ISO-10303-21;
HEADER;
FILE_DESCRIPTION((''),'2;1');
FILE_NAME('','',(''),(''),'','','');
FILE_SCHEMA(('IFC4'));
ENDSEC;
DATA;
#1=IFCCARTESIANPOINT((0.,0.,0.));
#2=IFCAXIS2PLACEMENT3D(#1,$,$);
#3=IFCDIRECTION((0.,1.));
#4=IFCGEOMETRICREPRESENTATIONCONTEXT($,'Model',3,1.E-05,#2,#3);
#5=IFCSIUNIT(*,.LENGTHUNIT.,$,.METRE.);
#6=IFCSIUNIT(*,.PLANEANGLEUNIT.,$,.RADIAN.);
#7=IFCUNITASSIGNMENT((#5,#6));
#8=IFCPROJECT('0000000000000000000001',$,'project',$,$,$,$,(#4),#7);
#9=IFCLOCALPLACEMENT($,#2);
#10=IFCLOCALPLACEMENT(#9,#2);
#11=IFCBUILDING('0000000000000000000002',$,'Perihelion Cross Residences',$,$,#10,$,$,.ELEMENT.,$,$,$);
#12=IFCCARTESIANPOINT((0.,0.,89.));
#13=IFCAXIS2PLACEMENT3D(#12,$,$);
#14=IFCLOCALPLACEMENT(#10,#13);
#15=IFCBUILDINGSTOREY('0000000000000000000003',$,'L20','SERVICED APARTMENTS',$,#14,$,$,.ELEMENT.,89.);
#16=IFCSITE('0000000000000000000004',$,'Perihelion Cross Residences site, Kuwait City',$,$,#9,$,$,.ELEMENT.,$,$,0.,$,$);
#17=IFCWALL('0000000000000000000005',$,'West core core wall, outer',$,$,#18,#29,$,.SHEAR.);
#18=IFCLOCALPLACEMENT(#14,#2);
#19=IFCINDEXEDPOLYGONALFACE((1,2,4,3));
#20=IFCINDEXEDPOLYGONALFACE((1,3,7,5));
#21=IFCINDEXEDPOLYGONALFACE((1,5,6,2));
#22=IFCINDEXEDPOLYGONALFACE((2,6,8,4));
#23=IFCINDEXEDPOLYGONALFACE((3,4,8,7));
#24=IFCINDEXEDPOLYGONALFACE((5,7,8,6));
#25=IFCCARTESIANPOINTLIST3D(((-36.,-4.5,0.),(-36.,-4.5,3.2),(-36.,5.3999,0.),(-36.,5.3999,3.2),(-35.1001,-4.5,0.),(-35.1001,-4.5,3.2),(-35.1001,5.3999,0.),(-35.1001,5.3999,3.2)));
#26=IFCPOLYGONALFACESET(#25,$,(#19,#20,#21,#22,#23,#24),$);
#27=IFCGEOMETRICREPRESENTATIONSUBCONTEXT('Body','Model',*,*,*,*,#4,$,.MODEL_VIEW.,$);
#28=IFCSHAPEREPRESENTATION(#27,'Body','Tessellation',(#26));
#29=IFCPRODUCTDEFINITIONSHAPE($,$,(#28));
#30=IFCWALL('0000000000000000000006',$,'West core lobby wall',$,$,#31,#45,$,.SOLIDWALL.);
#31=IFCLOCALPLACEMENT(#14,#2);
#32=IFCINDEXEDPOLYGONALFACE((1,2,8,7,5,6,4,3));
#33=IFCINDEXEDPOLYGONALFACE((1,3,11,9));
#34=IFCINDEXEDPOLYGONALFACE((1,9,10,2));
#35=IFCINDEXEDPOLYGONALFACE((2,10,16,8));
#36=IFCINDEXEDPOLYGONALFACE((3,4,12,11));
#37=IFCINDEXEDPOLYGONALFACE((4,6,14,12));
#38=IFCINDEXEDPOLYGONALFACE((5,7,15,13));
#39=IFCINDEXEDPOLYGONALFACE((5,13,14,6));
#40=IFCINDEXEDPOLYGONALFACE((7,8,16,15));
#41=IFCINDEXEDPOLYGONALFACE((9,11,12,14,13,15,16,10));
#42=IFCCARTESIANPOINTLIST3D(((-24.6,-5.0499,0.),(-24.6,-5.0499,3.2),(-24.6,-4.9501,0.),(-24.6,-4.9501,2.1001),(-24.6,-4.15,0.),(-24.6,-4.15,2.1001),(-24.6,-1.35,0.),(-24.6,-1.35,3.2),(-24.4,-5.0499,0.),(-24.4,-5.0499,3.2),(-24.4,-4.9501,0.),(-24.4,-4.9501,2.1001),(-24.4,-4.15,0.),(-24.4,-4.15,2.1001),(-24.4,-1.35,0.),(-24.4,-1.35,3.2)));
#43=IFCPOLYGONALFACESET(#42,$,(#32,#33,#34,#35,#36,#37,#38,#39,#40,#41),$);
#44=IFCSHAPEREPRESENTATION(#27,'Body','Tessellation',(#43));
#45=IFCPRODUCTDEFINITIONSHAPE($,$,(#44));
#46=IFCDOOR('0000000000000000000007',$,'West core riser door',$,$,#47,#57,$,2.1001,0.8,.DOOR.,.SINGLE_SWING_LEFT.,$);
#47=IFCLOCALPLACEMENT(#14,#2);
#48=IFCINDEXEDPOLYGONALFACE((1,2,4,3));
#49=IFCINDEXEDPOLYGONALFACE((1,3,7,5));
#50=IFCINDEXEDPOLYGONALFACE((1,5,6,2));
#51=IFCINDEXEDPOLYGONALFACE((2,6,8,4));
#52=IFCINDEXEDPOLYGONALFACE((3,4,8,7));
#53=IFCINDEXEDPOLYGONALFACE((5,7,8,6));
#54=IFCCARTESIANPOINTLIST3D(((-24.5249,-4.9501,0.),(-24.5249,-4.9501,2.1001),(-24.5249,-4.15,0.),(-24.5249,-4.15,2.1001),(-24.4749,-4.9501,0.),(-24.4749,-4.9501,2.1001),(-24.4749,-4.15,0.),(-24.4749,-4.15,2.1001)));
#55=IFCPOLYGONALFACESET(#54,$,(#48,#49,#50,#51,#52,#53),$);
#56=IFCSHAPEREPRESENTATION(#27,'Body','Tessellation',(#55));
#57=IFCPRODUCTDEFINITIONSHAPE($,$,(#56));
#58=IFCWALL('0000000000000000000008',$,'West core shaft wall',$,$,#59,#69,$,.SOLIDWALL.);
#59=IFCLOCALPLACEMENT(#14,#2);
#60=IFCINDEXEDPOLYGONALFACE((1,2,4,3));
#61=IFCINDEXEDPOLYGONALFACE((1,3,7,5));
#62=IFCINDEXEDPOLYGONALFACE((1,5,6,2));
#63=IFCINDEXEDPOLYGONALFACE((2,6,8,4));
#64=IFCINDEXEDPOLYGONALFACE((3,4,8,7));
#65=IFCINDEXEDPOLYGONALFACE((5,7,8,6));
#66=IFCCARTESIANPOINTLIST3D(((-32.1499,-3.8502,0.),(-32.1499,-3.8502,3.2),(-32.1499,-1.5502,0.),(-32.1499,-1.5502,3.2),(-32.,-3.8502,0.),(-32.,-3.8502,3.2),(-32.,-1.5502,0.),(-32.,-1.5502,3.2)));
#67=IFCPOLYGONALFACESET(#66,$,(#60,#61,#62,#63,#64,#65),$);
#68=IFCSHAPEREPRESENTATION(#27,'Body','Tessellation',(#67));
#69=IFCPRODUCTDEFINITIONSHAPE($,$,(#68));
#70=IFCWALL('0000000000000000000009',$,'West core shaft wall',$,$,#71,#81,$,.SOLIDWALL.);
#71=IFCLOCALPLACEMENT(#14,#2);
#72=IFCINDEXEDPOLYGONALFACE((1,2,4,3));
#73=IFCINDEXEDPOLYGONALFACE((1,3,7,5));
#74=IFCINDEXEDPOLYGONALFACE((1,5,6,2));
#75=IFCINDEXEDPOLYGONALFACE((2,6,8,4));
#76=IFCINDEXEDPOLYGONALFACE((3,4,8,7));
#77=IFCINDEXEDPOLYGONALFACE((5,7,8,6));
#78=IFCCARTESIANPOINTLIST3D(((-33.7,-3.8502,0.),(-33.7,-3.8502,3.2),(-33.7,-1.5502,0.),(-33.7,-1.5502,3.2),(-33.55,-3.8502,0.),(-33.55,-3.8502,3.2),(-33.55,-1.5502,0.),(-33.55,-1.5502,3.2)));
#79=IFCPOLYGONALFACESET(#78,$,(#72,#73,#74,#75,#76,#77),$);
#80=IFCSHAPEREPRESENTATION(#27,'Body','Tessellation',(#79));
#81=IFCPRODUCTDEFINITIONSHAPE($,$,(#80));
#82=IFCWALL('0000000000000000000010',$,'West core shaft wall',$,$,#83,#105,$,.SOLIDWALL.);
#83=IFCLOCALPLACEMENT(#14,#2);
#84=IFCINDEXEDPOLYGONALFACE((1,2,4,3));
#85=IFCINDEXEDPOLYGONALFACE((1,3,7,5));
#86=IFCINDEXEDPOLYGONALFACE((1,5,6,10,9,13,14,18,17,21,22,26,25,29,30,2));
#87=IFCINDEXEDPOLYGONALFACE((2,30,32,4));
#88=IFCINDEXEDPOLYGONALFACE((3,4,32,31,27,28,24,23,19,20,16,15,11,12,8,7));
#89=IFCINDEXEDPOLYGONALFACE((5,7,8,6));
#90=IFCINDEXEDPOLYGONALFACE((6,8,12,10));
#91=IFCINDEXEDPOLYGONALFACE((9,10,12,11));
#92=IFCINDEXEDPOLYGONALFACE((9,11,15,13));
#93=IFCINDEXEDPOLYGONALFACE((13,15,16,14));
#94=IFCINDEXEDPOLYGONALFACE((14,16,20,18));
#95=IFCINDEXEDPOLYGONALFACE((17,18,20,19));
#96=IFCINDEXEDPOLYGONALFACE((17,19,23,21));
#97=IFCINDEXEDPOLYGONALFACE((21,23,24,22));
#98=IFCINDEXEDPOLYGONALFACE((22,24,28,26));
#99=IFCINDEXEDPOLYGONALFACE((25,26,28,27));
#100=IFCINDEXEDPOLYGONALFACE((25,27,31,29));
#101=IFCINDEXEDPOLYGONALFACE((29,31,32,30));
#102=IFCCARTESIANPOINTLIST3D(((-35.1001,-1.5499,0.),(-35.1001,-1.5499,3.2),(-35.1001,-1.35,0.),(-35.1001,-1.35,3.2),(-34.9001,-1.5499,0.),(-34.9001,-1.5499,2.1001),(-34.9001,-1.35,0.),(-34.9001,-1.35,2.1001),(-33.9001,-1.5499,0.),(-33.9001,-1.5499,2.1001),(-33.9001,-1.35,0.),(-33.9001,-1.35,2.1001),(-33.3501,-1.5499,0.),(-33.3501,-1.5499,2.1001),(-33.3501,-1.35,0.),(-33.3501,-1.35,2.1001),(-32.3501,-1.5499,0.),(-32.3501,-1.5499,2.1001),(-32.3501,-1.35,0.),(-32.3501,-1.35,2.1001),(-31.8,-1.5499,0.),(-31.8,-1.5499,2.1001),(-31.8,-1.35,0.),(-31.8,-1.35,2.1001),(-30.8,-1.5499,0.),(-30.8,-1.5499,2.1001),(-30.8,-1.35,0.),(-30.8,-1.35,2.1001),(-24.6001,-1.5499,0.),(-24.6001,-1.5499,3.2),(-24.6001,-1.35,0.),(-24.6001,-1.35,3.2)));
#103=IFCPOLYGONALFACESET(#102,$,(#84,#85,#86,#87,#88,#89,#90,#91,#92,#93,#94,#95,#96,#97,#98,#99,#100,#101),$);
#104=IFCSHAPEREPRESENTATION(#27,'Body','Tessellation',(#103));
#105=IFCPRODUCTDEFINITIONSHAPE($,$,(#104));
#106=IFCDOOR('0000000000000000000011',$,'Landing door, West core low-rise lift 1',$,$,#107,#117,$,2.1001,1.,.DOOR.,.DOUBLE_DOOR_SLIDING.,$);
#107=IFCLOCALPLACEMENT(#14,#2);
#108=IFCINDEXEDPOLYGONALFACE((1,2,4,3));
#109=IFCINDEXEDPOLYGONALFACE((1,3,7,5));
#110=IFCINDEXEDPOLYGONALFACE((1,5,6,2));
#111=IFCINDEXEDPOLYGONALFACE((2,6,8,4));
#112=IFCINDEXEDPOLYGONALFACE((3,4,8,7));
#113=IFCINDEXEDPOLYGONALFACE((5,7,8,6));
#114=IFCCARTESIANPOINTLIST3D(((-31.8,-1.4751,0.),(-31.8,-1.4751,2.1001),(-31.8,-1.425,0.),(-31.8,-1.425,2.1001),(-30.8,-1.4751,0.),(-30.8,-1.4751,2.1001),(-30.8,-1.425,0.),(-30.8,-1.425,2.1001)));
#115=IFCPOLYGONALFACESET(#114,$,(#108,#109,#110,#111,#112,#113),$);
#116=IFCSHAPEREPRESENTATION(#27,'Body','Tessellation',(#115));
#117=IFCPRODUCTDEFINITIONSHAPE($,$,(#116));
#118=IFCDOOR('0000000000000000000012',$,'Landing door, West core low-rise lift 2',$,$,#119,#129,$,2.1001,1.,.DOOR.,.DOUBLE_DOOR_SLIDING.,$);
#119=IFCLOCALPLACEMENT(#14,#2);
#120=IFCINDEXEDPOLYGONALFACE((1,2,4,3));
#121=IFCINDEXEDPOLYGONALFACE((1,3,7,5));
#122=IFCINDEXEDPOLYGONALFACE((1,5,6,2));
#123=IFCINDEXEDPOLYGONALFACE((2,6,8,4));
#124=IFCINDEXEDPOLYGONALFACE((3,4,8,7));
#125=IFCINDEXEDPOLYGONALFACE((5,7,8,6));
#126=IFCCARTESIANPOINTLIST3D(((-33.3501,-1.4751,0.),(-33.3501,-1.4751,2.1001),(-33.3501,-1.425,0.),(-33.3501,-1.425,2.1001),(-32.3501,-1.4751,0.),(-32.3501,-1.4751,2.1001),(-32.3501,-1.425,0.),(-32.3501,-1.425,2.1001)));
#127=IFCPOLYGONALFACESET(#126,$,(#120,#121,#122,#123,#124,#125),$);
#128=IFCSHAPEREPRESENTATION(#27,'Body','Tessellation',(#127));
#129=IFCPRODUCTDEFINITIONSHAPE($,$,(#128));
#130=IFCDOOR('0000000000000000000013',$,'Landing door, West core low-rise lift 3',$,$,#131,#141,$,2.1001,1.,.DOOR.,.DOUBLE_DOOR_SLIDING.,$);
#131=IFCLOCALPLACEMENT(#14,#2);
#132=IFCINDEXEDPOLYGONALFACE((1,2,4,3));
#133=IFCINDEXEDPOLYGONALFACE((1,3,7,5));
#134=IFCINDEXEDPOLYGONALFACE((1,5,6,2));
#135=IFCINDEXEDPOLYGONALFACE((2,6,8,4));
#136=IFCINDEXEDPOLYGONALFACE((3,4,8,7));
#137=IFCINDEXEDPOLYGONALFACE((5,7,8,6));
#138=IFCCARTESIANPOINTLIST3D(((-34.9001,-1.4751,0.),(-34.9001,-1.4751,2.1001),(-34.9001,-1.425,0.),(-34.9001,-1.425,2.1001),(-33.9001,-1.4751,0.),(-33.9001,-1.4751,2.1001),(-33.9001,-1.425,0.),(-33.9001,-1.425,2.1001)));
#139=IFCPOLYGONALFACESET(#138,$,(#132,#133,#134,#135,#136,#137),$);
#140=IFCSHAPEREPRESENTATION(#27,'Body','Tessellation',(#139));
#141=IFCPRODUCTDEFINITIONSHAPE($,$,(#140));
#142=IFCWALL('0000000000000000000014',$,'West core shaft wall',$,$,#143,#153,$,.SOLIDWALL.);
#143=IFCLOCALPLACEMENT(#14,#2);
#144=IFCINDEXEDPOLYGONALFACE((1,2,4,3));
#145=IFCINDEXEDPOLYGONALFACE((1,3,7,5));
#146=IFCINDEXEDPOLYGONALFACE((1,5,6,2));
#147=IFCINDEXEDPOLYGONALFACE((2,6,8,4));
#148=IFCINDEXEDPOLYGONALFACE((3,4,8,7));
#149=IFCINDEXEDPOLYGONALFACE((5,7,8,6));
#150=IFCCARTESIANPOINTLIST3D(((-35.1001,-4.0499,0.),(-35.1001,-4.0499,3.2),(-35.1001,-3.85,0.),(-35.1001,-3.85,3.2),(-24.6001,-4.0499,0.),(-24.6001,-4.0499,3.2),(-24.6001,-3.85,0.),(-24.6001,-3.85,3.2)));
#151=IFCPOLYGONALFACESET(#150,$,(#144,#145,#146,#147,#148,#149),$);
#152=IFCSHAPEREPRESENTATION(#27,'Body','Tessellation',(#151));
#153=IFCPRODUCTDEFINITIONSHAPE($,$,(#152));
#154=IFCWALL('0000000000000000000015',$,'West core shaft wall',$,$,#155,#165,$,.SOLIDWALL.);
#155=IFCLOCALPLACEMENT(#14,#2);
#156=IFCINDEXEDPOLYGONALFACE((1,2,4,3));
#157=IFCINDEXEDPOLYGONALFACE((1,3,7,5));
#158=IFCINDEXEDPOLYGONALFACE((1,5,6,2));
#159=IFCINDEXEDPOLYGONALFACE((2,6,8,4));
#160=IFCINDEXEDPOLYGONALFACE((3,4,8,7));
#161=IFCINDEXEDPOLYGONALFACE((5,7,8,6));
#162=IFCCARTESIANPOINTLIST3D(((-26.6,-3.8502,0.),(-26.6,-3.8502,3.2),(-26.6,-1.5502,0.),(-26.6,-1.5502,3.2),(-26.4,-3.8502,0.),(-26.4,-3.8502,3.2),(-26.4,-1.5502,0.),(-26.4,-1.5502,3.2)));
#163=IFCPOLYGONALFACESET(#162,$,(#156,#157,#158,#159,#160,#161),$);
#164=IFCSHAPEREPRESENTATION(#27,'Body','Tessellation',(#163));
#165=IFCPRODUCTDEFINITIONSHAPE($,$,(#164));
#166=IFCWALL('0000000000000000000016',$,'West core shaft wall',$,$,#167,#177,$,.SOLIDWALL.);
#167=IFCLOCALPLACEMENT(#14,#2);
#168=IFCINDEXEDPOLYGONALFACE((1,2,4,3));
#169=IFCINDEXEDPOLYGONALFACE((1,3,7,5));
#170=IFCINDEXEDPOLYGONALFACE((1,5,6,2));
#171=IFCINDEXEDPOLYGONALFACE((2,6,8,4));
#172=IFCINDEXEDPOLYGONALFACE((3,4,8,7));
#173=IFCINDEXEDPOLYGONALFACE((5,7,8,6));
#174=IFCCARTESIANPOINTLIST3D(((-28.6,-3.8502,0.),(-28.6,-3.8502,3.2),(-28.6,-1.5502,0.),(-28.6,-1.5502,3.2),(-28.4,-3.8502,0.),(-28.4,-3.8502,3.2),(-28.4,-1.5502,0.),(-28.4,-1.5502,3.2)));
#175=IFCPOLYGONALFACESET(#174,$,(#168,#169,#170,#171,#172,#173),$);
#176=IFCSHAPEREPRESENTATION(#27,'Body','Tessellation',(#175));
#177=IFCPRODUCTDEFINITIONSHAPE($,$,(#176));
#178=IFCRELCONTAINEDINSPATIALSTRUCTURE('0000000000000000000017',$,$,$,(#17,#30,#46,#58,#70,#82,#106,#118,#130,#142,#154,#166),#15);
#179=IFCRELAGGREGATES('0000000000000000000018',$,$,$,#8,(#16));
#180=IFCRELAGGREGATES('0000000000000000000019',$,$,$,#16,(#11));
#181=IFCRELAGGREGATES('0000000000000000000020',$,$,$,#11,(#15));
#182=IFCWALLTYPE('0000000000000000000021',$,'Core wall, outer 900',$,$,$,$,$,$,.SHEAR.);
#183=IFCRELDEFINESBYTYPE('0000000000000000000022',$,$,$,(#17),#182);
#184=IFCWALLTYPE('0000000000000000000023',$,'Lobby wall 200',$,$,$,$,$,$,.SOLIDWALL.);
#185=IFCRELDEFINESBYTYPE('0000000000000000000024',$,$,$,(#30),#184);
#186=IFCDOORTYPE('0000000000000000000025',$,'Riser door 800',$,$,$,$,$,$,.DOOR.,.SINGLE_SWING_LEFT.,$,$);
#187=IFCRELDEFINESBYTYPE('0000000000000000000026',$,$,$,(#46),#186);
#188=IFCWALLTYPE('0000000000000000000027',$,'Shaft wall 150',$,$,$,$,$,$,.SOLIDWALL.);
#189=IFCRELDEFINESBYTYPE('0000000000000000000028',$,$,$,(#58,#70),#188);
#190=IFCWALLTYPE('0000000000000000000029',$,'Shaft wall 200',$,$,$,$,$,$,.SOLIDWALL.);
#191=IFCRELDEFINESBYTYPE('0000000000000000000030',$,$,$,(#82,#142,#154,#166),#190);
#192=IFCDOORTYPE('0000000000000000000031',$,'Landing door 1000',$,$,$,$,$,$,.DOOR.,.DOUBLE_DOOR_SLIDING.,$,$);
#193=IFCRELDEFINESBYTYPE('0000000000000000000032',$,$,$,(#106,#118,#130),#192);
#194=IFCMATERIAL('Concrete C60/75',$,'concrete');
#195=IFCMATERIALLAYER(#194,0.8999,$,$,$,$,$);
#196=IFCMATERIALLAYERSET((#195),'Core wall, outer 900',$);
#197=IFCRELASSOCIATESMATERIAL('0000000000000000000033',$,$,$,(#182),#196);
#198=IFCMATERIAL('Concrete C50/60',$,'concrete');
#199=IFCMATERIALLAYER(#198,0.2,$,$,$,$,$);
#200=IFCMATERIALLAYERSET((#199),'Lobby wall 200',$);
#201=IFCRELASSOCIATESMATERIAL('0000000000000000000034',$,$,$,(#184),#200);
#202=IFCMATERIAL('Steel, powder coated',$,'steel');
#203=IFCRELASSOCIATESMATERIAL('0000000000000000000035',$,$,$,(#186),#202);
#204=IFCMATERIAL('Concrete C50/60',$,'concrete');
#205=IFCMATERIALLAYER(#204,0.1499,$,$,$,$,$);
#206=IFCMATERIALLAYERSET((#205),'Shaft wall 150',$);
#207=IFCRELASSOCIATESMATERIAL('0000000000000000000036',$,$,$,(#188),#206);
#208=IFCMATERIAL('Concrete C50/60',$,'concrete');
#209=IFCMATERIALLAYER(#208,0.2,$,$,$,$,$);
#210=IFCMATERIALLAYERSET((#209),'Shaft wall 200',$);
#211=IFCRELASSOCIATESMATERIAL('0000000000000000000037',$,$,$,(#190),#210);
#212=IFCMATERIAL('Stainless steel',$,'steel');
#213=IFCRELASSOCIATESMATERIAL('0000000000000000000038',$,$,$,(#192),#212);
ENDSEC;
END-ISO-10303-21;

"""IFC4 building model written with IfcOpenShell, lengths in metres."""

from ifc_helpers import new_model, si_unit, direction, frame, frame_2d, origin, place, context, subcontext, project, spatial, rectangle, extrude, material, layer, layer_set, type_object, element, fill, save


model = new_model("IFC4")

# Units and contexts
model_context = context("Model", 3, precision=1e-05, world=origin(), true_north=direction((0.0, 1.0)))
body_context = subcontext(model_context, "Body", "Model", "MODEL_VIEW")
ifc_project = project(units=[si_unit("LENGTHUNIT", "METRE"), si_unit("PLANEANGLEUNIT", "RADIAN")], contexts=[model_context])

# Site, building, storey
site_placement = place(None, origin())
site = spatial("IfcSite", under=ifc_project, at=site_placement, Name="Perihelion Cross Residences site, Kuwait City", CompositionType="ELEMENT", RefElevation=0.0)
building_placement = place(site_placement, origin())
building = spatial("IfcBuilding", under=site, at=building_placement, Name="Perihelion Cross Residences", CompositionType="ELEMENT")
storey_placement = place(building_placement, frame((0.0, 0.0, 89.0)))
storey = spatial("IfcBuildingStorey", under=building, at=storey_placement, Name="L20", Description="SERVICED APARTMENTS", CompositionType="ELEMENT", Elevation=89.0)

# Wall
ifc_material_1 = material(Name="Concrete C60/75", Category="concrete")
ifc_layer_1 = layer(ifc_material_1, 0.8999)
ifc_layer_set_1 = layer_set([ifc_layer_1], Name="Core wall, outer 900")
wall_type_1 = type_object("IfcWallType", Name="Core wall, outer 900", PredefinedType="SHEAR", material=ifc_layer_set_1)
wall_1_placement = place(storey_placement, frame((-35.55, -4.5, 0.0), z_axis=(0.0, 0.0, 1.0), x_axis=(0.0, 1.0, 0.0)))
element("IfcWall", 1, at=wall_1_placement, inside=storey, type_object=wall_type_1, Name="West core core wall, outer", PredefinedType="SHEAR", context=body_context, shape_type="SweptSolid", body=[
    extrude(rectangle(XDim=9.8999, YDim=0.8999, at=frame_2d((4.95, 0.0))), origin(), (0.0, 0.0, 1.0), 3.2),
])

# Wall, opening, door
ifc_material_2 = material(Name="Concrete C50/60", Category="concrete")
ifc_layer_2 = layer(ifc_material_2, 0.2)
ifc_layer_set_2 = layer_set([ifc_layer_2], Name="Lobby wall 200")
wall_type_2 = type_object("IfcWallType", Name="Lobby wall 200", PredefinedType="SOLIDWALL", material=ifc_layer_set_2)
wall_2_placement = place(storey_placement, frame((-24.5, -5.05, 0.0), z_axis=(0.0, 0.0, 1.0), x_axis=(0.0, 1.0, 0.0)))
wall_2 = element("IfcWall", 2, at=wall_2_placement, inside=storey, type_object=wall_type_2, Name="West core lobby wall", PredefinedType="SOLIDWALL", context=body_context, shape_type="SweptSolid", body=[
    extrude(rectangle(XDim=3.7, YDim=0.2, at=frame_2d((1.8501, 0.0))), origin(), (0.0, 0.0, 1.0), 3.2),
])
opening_1_placement = place(wall_2_placement, frame((0.1001, 0.0, 0.0)))
opening_1 = element("IfcOpeningElement", 3, at=opening_1_placement, cuts=wall_2, PredefinedType="OPENING", context=body_context, shape_type="SweptSolid", body=[
    extrude(rectangle(XDim=0.8, YDim=2.1001, at=frame_2d((0.3999, 1.05))), frame((0.0, 0.1099, 0.0), z_axis=(0.0, -1.0, 0.0), x_axis=(1.0, 0.0, 0.0)), (0.0, 0.0, 1.0), 0.22),
])
ifc_material_3 = material(Name="Steel, powder coated", Category="steel")
door_type_1 = type_object("IfcDoorType", Name="Riser door 800", OperationType="SINGLE_SWING_LEFT", PredefinedType="DOOR", material=ifc_material_3)
door_1_placement = place(opening_1_placement, origin())
door_1 = element("IfcDoor", 4, at=door_1_placement, inside=storey, type_object=door_type_1, Name="West core riser door", OperationType="SINGLE_SWING_LEFT", OverallHeight=2.1001, OverallWidth=0.8, PredefinedType="DOOR", context=body_context, shape_type="SweptSolid", body=[
    extrude(rectangle(XDim=0.8, YDim=2.1001, at=frame_2d((0.3999, 1.05))), frame((0.0, 0.0249, 0.0), z_axis=(0.0, -1.0, 0.0), x_axis=(1.0, 0.0, 0.0)), (0.0, 0.0, 1.0), 0.05),
])
fill(opening_1, door_1)

# Walls
ifc_material_4 = material(Name="Concrete C50/60", Category="concrete")
ifc_layer_3 = layer(ifc_material_4, 0.1499)
ifc_layer_set_3 = layer_set([ifc_layer_3], Name="Shaft wall 150")
wall_type_3 = type_object("IfcWallType", Name="Shaft wall 150", PredefinedType="SOLIDWALL", material=ifc_layer_set_3)
for number, where, z_axis, x_axis, name in (
    (5, (-32.075, -3.8501, 0.0), (0.0, 0.0, 1.0), (0.0, 1.0, 0.0), "West core shaft wall"),
    (6, (-33.625, -3.8501, 0.0), (0.0, 0.0, 1.0), (0.0, 1.0, 0.0), "West core shaft wall"),
):
    element("IfcWall", number, at=place(storey_placement, frame(where, z_axis=z_axis, x_axis=x_axis)), inside=storey, type_object=wall_type_3, Name=name, PredefinedType="SOLIDWALL", context=body_context, shape_type="SweptSolid", body=[
        extrude(rectangle(XDim=2.3, YDim=0.1499, at=frame_2d((1.1499, 0.0))), origin(), (0.0, 0.0, 1.0), 3.2),
    ])

# Wall, openings, doors
ifc_material_5 = material(Name="Concrete C50/60", Category="concrete")
ifc_layer_4 = layer(ifc_material_5, 0.2)
ifc_layer_set_4 = layer_set([ifc_layer_4], Name="Shaft wall 200")
wall_type_4 = type_object("IfcWallType", Name="Shaft wall 200", PredefinedType="SOLIDWALL", material=ifc_layer_set_4)
wall_3_placement = place(storey_placement, frame((-35.1001, -1.45, 0.0), z_axis=(0.0, 0.0, 1.0), x_axis=(1.0, 0.0, 0.0)))
wall_3 = element("IfcWall", 7, at=wall_3_placement, inside=storey, type_object=wall_type_4, Name="West core shaft wall", PredefinedType="SOLIDWALL", context=body_context, shape_type="SweptSolid", body=[
    extrude(rectangle(XDim=10.5, YDim=0.2, at=frame_2d((5.25, 0.0))), origin(), (0.0, 0.0, 1.0), 3.2),
])
opening_2_placement = place(wall_3_placement, frame((3.3, 0.0, 0.0)))
opening_2 = element("IfcOpeningElement", 8, at=opening_2_placement, cuts=wall_3, PredefinedType="OPENING", context=body_context, shape_type="SweptSolid", body=[
    extrude(rectangle(XDim=1.0, YDim=2.1001, at=frame_2d((0.5, 1.05))), frame((0.0, 0.1099, 0.0), z_axis=(0.0, -1.0, 0.0), x_axis=(1.0, 0.0, 0.0)), (0.0, 0.0, 1.0), 0.22),
])
opening_3_placement = place(wall_3_placement, frame((1.75, 0.0, 0.0)))
opening_3 = element("IfcOpeningElement", 9, at=opening_3_placement, cuts=wall_3, PredefinedType="OPENING", context=body_context, shape_type="SweptSolid", body=[
    extrude(rectangle(XDim=1.0, YDim=2.1001, at=frame_2d((0.5, 1.05))), frame((0.0, 0.1099, 0.0), z_axis=(0.0, -1.0, 0.0), x_axis=(1.0, 0.0, 0.0)), (0.0, 0.0, 1.0), 0.22),
])
opening_4_placement = place(wall_3_placement, frame((0.2, 0.0, 0.0)))
opening_4 = element("IfcOpeningElement", 10, at=opening_4_placement, cuts=wall_3, PredefinedType="OPENING", context=body_context, shape_type="SweptSolid", body=[
    extrude(rectangle(XDim=1.0, YDim=2.1001, at=frame_2d((0.5, 1.05))), frame((0.0, 0.1099, 0.0), z_axis=(0.0, -1.0, 0.0), x_axis=(1.0, 0.0, 0.0)), (0.0, 0.0, 1.0), 0.22),
])
ifc_material_6 = material(Name="Stainless steel", Category="steel")
door_type_2 = type_object("IfcDoorType", Name="Landing door 1000", OperationType="DOUBLE_DOOR_SLIDING", PredefinedType="DOOR", material=ifc_material_6)
door_2_placement = place(opening_2_placement, origin())
door_2 = element("IfcDoor", 11, at=door_2_placement, inside=storey, type_object=door_type_2, Name="Landing door, West core low-rise lift 1", OperationType="DOUBLE_DOOR_SLIDING", OverallHeight=2.1001, OverallWidth=1.0, PredefinedType="DOOR", context=body_context, shape_type="SweptSolid", body=[
    extrude(rectangle(XDim=1.0, YDim=2.1001, at=frame_2d((0.5, 1.05))), frame((0.0, 0.0249, 0.0), z_axis=(0.0, -1.0, 0.0), x_axis=(1.0, 0.0, 0.0)), (0.0, 0.0, 1.0), 0.05),
])
fill(opening_2, door_2)
door_3_placement = place(opening_3_placement, origin())
door_3 = element("IfcDoor", 12, at=door_3_placement, inside=storey, type_object=door_type_2, Name="Landing door, West core low-rise lift 2", OperationType="DOUBLE_DOOR_SLIDING", OverallHeight=2.1001, OverallWidth=1.0, PredefinedType="DOOR", context=body_context, shape_type="SweptSolid", body=[
    extrude(rectangle(XDim=1.0, YDim=2.1001, at=frame_2d((0.5, 1.05))), frame((0.0, 0.0249, 0.0), z_axis=(0.0, -1.0, 0.0), x_axis=(1.0, 0.0, 0.0)), (0.0, 0.0, 1.0), 0.05),
])
fill(opening_3, door_3)
door_4_placement = place(opening_4_placement, origin())
door_4 = element("IfcDoor", 13, at=door_4_placement, inside=storey, type_object=door_type_2, Name="Landing door, West core low-rise lift 3", OperationType="DOUBLE_DOOR_SLIDING", OverallHeight=2.1001, OverallWidth=1.0, PredefinedType="DOOR", context=body_context, shape_type="SweptSolid", body=[
    extrude(rectangle(XDim=1.0, YDim=2.1001, at=frame_2d((0.5, 1.05))), frame((0.0, 0.0249, 0.0), z_axis=(0.0, -1.0, 0.0), x_axis=(1.0, 0.0, 0.0)), (0.0, 0.0, 1.0), 0.05),
])
fill(opening_4, door_4)

# Walls
wall_4_placement = place(storey_placement, frame((-35.1001, -3.95, 0.0), z_axis=(0.0, 0.0, 1.0), x_axis=(1.0, 0.0, 0.0)))
element("IfcWall", 14, at=wall_4_placement, inside=storey, type_object=wall_type_4, Name="West core shaft wall", PredefinedType="SOLIDWALL", context=body_context, shape_type="SweptSolid", body=[
    extrude(rectangle(XDim=10.5, YDim=0.2, at=frame_2d((5.25, 0.0))), origin(), (0.0, 0.0, 1.0), 3.2),
])
for number, where, z_axis, x_axis, name in (
    (15, (-26.5, -3.8501, 0.0), (0.0, 0.0, 1.0), (0.0, 1.0, 0.0), "West core shaft wall"),
    (16, (-28.5, -3.8501, 0.0), (0.0, 0.0, 1.0), (0.0, 1.0, 0.0), "West core shaft wall"),
):
    element("IfcWall", number, at=place(storey_placement, frame(where, z_axis=z_axis, x_axis=x_axis)), inside=storey, type_object=wall_type_4, Name=name, PredefinedType="SOLIDWALL", context=body_context, shape_type="SweptSolid", body=[
        extrude(rectangle(XDim=2.3, YDim=0.2, at=frame_2d((1.1499, 0.0))), origin(), (0.0, 0.0, 1.0), 3.2),
    ])

save(model, "model.ifc")
